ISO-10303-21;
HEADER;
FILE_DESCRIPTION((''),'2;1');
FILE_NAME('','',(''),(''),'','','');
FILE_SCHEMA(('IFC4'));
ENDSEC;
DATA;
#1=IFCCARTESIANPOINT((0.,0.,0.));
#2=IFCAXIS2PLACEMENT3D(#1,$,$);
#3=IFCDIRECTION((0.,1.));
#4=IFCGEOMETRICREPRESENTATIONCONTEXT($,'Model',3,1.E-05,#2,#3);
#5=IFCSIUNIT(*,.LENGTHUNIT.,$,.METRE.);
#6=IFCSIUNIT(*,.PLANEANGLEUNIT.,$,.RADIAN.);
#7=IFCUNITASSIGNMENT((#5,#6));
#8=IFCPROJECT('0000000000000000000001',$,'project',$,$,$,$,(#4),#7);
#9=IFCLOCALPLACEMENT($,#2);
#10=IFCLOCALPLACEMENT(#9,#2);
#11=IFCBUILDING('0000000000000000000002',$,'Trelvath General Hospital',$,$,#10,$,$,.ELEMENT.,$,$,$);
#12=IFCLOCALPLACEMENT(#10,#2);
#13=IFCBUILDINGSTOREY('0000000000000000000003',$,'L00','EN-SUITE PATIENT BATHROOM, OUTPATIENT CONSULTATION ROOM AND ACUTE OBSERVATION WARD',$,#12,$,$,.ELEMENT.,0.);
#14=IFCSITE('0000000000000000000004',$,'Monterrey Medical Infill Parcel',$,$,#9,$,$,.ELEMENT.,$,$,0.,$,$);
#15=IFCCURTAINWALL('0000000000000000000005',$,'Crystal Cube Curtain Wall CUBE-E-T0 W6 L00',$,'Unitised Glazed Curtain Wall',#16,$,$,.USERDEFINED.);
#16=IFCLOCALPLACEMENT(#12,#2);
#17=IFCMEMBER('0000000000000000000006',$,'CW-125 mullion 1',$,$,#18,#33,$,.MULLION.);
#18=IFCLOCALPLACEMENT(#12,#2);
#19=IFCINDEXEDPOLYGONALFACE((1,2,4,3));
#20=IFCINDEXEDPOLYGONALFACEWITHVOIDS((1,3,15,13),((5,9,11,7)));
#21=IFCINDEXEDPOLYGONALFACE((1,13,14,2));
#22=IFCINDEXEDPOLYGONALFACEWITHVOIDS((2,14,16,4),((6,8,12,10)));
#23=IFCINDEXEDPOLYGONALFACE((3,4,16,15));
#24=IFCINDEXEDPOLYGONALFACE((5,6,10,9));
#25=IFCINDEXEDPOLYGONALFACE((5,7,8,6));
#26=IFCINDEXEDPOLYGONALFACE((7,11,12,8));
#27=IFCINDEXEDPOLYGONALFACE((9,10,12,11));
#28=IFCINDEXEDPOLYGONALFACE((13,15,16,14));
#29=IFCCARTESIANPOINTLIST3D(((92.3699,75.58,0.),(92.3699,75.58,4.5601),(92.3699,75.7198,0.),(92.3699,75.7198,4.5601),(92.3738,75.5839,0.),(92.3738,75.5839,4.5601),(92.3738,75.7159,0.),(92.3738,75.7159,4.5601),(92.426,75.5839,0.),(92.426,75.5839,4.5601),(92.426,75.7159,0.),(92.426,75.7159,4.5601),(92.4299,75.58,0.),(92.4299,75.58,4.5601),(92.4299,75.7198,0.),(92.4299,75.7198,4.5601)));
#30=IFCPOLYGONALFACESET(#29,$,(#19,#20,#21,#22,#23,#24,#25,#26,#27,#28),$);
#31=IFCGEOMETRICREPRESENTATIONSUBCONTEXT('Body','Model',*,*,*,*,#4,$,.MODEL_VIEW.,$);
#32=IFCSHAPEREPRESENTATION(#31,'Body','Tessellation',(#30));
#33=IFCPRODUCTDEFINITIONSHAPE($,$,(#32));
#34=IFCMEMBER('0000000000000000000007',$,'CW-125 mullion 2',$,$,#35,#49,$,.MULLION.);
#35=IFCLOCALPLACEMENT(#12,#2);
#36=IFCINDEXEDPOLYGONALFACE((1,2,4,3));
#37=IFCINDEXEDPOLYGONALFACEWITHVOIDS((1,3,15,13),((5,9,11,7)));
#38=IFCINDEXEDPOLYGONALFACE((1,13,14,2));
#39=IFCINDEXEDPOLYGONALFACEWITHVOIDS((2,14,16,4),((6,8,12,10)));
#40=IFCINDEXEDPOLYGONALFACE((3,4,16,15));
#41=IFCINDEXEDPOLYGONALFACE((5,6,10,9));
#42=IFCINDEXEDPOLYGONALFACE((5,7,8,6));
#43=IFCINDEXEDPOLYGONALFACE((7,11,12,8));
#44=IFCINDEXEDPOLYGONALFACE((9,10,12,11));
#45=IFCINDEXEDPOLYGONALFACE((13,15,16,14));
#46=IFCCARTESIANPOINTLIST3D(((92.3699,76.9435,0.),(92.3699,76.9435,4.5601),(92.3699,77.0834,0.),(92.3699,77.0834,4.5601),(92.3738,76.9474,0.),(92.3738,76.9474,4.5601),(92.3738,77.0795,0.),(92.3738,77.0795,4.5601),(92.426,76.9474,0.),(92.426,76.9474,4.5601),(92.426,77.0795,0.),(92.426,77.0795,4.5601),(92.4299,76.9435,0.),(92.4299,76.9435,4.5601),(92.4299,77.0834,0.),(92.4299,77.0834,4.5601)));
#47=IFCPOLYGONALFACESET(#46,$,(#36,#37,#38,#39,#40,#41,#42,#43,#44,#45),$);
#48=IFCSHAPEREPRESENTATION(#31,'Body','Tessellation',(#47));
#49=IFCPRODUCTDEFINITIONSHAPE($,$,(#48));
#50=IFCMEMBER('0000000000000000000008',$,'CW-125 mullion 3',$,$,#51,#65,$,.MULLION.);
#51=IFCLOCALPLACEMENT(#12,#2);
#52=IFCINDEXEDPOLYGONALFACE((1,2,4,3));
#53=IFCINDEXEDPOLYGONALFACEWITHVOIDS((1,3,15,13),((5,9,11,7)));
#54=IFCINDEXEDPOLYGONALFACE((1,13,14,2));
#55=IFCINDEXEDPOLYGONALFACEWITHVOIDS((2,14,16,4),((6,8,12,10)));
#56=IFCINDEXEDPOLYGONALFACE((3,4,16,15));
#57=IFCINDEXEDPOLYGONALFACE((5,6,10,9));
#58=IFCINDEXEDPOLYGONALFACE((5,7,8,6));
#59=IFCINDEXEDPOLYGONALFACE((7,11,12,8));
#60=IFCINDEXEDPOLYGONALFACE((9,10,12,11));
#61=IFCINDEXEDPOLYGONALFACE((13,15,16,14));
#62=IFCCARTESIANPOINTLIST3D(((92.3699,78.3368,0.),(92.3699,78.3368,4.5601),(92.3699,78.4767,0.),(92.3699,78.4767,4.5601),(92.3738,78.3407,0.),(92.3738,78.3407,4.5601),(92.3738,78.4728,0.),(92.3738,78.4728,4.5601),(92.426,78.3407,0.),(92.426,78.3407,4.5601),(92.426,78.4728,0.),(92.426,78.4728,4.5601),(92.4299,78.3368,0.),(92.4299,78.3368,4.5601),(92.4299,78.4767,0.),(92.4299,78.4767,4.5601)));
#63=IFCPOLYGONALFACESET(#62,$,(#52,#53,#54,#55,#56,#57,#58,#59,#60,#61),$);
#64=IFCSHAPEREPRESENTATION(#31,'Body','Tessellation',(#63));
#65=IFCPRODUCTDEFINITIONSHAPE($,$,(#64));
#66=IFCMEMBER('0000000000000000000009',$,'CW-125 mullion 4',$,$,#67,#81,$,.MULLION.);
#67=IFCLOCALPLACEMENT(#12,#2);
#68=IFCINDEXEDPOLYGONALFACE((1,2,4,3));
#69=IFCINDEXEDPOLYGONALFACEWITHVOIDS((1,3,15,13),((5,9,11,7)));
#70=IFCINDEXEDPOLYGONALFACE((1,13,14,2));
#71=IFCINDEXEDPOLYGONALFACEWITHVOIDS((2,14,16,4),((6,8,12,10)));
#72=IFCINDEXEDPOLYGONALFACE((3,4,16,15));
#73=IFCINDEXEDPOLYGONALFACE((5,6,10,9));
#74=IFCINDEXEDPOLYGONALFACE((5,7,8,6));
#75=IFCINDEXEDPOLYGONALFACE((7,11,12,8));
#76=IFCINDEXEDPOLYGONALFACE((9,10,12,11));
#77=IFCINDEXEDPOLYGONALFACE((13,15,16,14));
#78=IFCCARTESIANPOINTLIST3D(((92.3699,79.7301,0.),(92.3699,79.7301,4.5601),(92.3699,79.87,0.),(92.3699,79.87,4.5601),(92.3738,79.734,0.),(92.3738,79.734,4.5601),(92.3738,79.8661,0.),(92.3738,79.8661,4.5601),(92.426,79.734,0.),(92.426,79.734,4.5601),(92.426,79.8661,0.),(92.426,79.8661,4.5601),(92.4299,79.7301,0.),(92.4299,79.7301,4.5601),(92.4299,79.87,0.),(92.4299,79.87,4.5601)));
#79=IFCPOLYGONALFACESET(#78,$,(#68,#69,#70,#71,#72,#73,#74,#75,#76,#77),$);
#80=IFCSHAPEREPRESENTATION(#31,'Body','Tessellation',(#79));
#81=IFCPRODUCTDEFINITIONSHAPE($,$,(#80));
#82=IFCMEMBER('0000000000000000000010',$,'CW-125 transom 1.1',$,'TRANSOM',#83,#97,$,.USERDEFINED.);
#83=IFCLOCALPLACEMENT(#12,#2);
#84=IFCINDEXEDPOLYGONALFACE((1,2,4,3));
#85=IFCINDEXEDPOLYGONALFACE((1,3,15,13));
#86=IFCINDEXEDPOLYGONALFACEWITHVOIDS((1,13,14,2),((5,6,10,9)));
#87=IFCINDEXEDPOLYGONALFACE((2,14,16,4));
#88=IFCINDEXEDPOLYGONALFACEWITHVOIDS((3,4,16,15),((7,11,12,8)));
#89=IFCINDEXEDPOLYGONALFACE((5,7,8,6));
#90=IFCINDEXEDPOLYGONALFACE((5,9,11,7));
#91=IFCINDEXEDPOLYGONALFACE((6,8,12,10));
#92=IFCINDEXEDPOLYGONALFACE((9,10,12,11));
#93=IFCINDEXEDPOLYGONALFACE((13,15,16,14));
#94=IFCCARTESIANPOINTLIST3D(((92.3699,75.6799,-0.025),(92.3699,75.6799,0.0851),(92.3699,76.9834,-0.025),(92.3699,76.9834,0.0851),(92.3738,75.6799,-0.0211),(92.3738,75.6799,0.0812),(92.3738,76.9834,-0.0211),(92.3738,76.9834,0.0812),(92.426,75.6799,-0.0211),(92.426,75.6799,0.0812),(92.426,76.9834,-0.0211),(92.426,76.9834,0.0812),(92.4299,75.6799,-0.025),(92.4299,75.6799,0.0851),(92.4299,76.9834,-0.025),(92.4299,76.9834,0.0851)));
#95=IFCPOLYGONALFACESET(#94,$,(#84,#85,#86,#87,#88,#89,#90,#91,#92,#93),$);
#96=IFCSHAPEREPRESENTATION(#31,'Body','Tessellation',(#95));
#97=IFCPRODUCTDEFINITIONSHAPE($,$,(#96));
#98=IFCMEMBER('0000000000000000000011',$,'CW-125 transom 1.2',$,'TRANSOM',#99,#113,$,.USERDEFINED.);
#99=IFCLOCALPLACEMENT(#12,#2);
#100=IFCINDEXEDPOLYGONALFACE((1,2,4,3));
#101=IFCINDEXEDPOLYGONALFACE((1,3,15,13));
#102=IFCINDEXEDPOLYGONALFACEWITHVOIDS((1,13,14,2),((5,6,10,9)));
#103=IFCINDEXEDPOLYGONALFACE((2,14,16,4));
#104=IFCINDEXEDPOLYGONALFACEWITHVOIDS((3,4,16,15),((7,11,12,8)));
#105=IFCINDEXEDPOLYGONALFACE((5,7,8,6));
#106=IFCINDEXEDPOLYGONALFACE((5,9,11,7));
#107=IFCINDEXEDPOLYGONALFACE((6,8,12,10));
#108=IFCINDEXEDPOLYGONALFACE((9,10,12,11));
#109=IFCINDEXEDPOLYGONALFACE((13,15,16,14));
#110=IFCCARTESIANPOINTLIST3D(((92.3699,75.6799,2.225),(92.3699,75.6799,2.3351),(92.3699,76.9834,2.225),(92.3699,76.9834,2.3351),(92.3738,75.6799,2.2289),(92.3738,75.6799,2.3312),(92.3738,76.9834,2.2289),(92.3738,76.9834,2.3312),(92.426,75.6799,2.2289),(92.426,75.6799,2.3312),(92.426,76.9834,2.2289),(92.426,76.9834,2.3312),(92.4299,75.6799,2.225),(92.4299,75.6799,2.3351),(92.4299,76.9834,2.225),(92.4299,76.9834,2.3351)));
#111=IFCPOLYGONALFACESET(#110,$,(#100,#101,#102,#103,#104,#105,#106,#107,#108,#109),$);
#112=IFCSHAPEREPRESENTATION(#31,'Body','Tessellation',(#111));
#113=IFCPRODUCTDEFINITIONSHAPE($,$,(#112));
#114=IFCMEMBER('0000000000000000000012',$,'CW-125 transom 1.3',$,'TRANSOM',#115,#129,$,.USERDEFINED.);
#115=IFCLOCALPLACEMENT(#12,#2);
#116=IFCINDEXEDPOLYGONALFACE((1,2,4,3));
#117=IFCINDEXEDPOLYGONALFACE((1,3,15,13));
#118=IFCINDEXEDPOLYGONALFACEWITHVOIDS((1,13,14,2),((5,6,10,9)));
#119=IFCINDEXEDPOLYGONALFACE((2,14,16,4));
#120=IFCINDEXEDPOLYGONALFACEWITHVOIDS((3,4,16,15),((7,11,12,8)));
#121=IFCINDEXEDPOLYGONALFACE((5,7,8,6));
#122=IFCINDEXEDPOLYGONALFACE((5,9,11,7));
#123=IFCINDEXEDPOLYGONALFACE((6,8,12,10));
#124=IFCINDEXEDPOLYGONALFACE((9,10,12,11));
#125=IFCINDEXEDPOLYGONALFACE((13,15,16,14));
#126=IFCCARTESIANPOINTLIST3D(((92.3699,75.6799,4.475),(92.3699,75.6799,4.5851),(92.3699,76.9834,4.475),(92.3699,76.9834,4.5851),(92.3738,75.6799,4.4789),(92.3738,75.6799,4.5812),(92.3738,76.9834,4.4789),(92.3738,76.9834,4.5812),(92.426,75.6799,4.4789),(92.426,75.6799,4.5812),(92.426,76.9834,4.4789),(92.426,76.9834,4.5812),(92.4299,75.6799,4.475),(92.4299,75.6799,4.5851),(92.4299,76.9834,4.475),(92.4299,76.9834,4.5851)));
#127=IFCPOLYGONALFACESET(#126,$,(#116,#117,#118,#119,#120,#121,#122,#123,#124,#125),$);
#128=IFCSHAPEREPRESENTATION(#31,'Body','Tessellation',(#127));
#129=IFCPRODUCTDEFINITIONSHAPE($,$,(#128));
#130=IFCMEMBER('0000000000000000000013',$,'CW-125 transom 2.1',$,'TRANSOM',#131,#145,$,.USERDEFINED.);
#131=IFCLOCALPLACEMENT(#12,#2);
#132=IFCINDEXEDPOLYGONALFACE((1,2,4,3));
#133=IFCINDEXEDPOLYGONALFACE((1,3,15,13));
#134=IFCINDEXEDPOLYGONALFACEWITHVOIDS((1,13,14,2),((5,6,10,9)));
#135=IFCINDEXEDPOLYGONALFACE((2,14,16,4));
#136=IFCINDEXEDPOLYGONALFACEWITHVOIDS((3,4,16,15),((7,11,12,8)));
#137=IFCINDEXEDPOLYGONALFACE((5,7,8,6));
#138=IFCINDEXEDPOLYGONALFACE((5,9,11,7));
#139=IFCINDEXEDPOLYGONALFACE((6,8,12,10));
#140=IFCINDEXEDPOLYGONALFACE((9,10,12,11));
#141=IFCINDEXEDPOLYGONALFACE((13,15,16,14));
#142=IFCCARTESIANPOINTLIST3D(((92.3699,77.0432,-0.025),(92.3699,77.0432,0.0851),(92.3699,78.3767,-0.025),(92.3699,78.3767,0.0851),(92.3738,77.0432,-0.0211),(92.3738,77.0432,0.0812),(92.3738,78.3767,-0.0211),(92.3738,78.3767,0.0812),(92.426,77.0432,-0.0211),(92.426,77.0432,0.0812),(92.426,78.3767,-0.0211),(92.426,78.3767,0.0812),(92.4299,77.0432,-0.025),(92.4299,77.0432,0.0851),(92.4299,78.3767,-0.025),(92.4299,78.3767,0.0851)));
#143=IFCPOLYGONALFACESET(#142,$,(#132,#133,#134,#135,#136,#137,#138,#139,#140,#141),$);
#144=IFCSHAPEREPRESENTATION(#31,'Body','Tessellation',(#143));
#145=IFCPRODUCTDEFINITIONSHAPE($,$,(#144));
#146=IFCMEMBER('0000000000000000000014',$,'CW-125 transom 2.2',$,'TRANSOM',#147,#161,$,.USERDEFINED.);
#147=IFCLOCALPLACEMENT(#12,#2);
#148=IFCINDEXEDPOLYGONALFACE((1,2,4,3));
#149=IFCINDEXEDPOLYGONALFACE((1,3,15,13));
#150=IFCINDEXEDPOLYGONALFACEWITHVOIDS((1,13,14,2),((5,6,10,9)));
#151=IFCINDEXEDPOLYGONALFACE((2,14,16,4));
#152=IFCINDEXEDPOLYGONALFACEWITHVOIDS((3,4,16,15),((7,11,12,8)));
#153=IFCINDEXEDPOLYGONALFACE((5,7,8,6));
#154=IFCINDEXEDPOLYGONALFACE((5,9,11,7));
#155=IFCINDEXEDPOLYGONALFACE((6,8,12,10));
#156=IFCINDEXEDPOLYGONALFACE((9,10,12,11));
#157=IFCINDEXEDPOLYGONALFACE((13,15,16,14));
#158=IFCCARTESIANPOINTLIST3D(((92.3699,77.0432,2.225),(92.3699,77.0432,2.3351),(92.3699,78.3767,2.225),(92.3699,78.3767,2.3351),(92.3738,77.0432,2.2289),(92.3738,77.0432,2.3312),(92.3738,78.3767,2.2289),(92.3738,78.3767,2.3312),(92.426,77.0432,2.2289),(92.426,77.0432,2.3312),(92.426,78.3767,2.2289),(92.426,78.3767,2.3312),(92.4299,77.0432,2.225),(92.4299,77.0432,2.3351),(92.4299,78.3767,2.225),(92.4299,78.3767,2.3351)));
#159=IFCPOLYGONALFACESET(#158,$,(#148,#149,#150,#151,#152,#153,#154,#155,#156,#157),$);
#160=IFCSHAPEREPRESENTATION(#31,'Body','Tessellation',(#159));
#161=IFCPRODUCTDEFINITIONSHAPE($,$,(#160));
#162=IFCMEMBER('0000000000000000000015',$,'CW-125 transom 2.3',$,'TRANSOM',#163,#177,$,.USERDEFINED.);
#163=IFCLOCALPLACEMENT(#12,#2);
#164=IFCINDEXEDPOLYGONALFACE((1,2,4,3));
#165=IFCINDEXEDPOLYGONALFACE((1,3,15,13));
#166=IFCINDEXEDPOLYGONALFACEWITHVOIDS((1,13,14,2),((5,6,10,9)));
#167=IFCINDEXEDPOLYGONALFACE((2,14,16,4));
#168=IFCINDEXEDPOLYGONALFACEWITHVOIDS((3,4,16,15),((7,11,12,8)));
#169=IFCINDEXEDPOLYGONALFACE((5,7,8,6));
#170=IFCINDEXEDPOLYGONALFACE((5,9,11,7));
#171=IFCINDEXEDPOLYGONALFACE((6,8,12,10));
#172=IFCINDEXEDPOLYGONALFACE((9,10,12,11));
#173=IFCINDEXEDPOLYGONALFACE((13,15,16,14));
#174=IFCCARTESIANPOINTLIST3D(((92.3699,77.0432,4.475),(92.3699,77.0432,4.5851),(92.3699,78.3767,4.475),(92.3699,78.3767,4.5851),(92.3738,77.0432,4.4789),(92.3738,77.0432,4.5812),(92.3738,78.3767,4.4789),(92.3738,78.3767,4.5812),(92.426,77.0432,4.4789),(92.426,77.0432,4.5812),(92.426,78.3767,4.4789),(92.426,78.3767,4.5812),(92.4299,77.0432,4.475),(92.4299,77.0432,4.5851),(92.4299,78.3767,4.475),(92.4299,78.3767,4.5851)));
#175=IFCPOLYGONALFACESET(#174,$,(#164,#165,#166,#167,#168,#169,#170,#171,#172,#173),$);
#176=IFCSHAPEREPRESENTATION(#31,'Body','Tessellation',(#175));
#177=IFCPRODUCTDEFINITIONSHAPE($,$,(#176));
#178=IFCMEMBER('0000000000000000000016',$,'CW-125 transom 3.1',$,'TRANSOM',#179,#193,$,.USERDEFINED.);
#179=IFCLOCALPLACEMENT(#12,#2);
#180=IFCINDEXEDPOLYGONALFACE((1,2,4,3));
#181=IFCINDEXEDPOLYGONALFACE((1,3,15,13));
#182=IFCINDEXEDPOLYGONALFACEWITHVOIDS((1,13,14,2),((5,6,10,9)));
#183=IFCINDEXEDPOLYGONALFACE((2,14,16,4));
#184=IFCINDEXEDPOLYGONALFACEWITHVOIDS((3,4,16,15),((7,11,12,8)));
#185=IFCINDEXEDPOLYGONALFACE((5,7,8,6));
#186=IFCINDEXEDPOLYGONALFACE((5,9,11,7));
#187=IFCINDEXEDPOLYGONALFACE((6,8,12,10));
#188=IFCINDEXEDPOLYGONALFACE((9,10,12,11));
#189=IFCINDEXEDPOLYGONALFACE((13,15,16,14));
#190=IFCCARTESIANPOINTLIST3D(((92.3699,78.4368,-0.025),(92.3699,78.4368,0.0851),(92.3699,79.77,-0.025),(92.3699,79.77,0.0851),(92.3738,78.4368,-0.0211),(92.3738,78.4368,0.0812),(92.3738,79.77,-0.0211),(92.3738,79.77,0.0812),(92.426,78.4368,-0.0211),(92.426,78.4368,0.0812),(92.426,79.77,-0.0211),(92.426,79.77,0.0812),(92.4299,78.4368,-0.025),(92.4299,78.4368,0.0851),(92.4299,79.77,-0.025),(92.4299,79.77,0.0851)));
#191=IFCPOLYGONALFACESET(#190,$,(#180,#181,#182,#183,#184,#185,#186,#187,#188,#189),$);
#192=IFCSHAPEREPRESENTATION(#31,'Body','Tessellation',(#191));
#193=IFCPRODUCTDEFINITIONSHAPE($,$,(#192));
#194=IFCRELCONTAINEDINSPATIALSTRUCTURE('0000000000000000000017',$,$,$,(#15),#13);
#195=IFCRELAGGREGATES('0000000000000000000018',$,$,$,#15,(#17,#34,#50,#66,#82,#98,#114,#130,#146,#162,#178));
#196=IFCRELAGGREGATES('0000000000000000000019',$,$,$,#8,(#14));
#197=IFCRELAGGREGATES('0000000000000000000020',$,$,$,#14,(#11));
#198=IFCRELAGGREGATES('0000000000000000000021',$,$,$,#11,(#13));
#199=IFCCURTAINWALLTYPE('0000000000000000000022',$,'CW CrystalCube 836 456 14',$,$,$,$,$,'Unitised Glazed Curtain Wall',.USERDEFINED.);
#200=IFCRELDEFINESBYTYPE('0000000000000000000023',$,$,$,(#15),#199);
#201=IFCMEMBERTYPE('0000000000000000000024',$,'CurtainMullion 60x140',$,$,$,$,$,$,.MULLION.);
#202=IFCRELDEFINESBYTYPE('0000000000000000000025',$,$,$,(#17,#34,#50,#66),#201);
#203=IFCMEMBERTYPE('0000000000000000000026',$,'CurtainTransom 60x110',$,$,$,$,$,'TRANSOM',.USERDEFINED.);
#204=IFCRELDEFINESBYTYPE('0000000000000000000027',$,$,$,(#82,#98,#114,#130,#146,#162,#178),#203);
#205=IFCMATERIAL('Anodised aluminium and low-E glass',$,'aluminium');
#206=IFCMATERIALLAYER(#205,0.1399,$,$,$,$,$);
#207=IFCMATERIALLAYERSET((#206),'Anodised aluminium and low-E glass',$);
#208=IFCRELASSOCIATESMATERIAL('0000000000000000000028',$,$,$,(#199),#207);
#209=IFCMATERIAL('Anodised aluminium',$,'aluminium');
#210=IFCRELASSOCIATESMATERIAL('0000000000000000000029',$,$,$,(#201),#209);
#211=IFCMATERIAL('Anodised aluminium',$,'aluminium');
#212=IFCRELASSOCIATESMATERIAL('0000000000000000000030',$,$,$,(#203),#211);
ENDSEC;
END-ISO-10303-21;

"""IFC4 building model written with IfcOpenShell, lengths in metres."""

from ifc_helpers import new_model, si_unit, direction, frame, origin, origin_2d, place, context, subcontext, project, spatial, hollow_rectangle, extrude, material, layer, layer_set, material_profile, profile_set, type_object, element, aggregate, save


model = new_model("IFC4")

# Units and contexts
model_context = context("Model", 3, precision=1e-05, world=origin(), true_north=direction((0.0, 1.0)))
body_context = subcontext(model_context, "Body", "Model", "MODEL_VIEW")
ifc_project = project(units=[si_unit("LENGTHUNIT", "METRE"), si_unit("PLANEANGLEUNIT", "RADIAN")], contexts=[model_context])

# Site, building, storey
site_placement = place(None, origin())
site = spatial("IfcSite", under=ifc_project, at=site_placement, Name="Monterrey Medical Infill Parcel", CompositionType="ELEMENT", RefElevation=0.0)
building_placement = place(site_placement, origin())
building = spatial("IfcBuilding", under=site, at=building_placement, Name="Trelvath General Hospital", CompositionType="ELEMENT")
storey_placement = place(building_placement, origin())
storey = spatial("IfcBuildingStorey", under=building, at=storey_placement, Name="L00", Description="EN-SUITE PATIENT BATHROOM, OUTPATIENT CONSULTATION ROOM AND ACUTE OBSERVATION WARD", CompositionType="ELEMENT", Elevation=0.0)

# Curtain wall, members
ifc_material_1 = material(Name="Anodised aluminium and low-E glass", Category="aluminium")
ifc_layer_1 = layer(ifc_material_1, 0.1399)
ifc_layer_set_1 = layer_set([ifc_layer_1], Name="Anodised aluminium and low-E glass")
curtain_wall_type = type_object("IfcCurtainWallType", Name="CW CrystalCube 836 456 14", ElementType="Unitised Glazed Curtain Wall", PredefinedType="USERDEFINED", material=ifc_layer_set_1)
curtain_wall_placement = place(storey_placement, origin())
curtain_wall = element("IfcCurtainWall", 1, at=curtain_wall_placement, inside=storey, type_object=curtain_wall_type, Name="Crystal Cube Curtain Wall CUBE-E-T0 W6 L00", ObjectType="Unitised Glazed Curtain Wall", PredefinedType="USERDEFINED")
ifc_material_2 = material(Name="Anodised aluminium", Category="aluminium")
ifc_material_profile_1 = material_profile(ifc_material_2, hollow_rectangle(XDim=0.0601, YDim=0.1399, WallThickness=0.0039, at=origin_2d()), Name="RHS60x140x4")
ifc_profile_set_1 = profile_set([ifc_material_profile_1], Name="Anodised aluminium")
member_type_1 = type_object("IfcMemberType", Name="CurtainMullion 60x140", PredefinedType="MULLION", material=ifc_profile_set_1)
member_1_placement = place(storey_placement, frame((92.3999, 75.6499, 0.0), z_axis=(0.0, 0.0, 1.0), x_axis=(-1.0, 0.0, 0.0)))
member_1 = element("IfcMember", 2, at=member_1_placement, type_object=member_type_1, Name="CW-125 mullion 1", PredefinedType="MULLION", context=body_context, shape_type="SweptSolid", body=[
    extrude(hollow_rectangle(XDim=0.0601, YDim=0.1399, WallThickness=0.0039, at=origin_2d()), origin(), (0.0, 0.0, 1.0), 4.5601),
])
member_2_placement = place(storey_placement, frame((92.3999, 77.0134, 0.0), z_axis=(0.0, 0.0, 1.0), x_axis=(-1.0, 0.0, 0.0)))
member_2 = element("IfcMember", 3, at=member_2_placement, type_object=member_type_1, Name="CW-125 mullion 2", PredefinedType="MULLION", context=body_context, shape_type="SweptSolid", body=[
    extrude(hollow_rectangle(XDim=0.0601, YDim=0.1399, WallThickness=0.0039, at=origin_2d()), origin(), (0.0, 0.0, 1.0), 4.5601),
])
member_3_placement = place(storey_placement, frame((92.3999, 78.4067, 0.0), z_axis=(0.0, 0.0, 1.0), x_axis=(-1.0, 0.0, 0.0)))
member_3 = element("IfcMember", 4, at=member_3_placement, type_object=member_type_1, Name="CW-125 mullion 3", PredefinedType="MULLION", context=body_context, shape_type="SweptSolid", body=[
    extrude(hollow_rectangle(XDim=0.0601, YDim=0.1399, WallThickness=0.0039, at=origin_2d()), origin(), (0.0, 0.0, 1.0), 4.5601),
])
member_4_placement = place(storey_placement, frame((92.3999, 79.8, 0.0), z_axis=(0.0, 0.0, 1.0), x_axis=(-1.0, 0.0, 0.0)))
member_4 = element("IfcMember", 5, at=member_4_placement, type_object=member_type_1, Name="CW-125 mullion 4", PredefinedType="MULLION", context=body_context, shape_type="SweptSolid", body=[
    extrude(hollow_rectangle(XDim=0.0601, YDim=0.1399, WallThickness=0.0039, at=origin_2d()), origin(), (0.0, 0.0, 1.0), 4.5601),
])
ifc_material_3 = material(Name="Anodised aluminium", Category="aluminium")
ifc_material_profile_2 = material_profile(ifc_material_3, hollow_rectangle(XDim=0.0601, YDim=0.1101, WallThickness=0.0039, at=origin_2d()), Name="RHS60x110x4")
ifc_profile_set_2 = profile_set([ifc_material_profile_2], Name="Anodised aluminium")
member_type_2 = type_object("IfcMemberType", Name="CurtainTransom 60x110", ElementType="TRANSOM", PredefinedType="USERDEFINED", material=ifc_profile_set_2)
member_5_placement = place(storey_placement, frame((92.3999, 75.6799, 0.03), z_axis=(0.0, 1.0, 0.0), x_axis=(-1.0, 0.0, 0.0)))
member_5 = element("IfcMember", 6, at=member_5_placement, type_object=member_type_2, Name="CW-125 transom 1.1", ObjectType="TRANSOM", PredefinedType="USERDEFINED", context=body_context, shape_type="SweptSolid", body=[
    extrude(hollow_rectangle(XDim=0.0601, YDim=0.1101, WallThickness=0.0039, at=origin_2d()), origin(), (0.0, 0.0, 1.0), 1.3035),
])
member_6_placement = place(storey_placement, frame((92.3999, 75.6799, 2.28), z_axis=(0.0, 1.0, 0.0), x_axis=(-1.0, 0.0, 0.0)))
member_6 = element("IfcMember", 7, at=member_6_placement, type_object=member_type_2, Name="CW-125 transom 1.2", ObjectType="TRANSOM", PredefinedType="USERDEFINED", context=body_context, shape_type="SweptSolid", body=[
    extrude(hollow_rectangle(XDim=0.0601, YDim=0.1101, WallThickness=0.0039, at=origin_2d()), origin(), (0.0, 0.0, 1.0), 1.3035),
])
member_7_placement = place(storey_placement, frame((92.3999, 75.6799, 4.53), z_axis=(0.0, 1.0, 0.0), x_axis=(-1.0, 0.0, 0.0)))
member_7 = element("IfcMember", 8, at=member_7_placement, type_object=member_type_2, Name="CW-125 transom 1.3", ObjectType="TRANSOM", PredefinedType="USERDEFINED", context=body_context, shape_type="SweptSolid", body=[
    extrude(hollow_rectangle(XDim=0.0601, YDim=0.1101, WallThickness=0.0039, at=origin_2d()), origin(), (0.0, 0.0, 1.0), 1.3035),
])
member_8_placement = place(storey_placement, frame((92.3999, 77.0432, 0.03), z_axis=(0.0, 1.0, 0.0), x_axis=(-1.0, 0.0, 0.0)))
member_8 = element("IfcMember", 9, at=member_8_placement, type_object=member_type_2, Name="CW-125 transom 2.1", ObjectType="TRANSOM", PredefinedType="USERDEFINED", context=body_context, shape_type="SweptSolid", body=[
    extrude(hollow_rectangle(XDim=0.0601, YDim=0.1101, WallThickness=0.0039, at=origin_2d()), origin(), (0.0, 0.0, 1.0), 1.3335),
])
member_9_placement = place(storey_placement, frame((92.3999, 77.0432, 2.28), z_axis=(0.0, 1.0, 0.0), x_axis=(-1.0, 0.0, 0.0)))
member_9 = element("IfcMember", 10, at=member_9_placement, type_object=member_type_2, Name="CW-125 transom 2.2", ObjectType="TRANSOM", PredefinedType="USERDEFINED", context=body_context, shape_type="SweptSolid", body=[
    extrude(hollow_rectangle(XDim=0.0601, YDim=0.1101, WallThickness=0.0039, at=origin_2d()), origin(), (0.0, 0.0, 1.0), 1.3335),
])
member_10_placement = place(storey_placement, frame((92.3999, 77.0432, 4.53), z_axis=(0.0, 1.0, 0.0), x_axis=(-1.0, 0.0, 0.0)))
member_10 = element("IfcMember", 11, at=member_10_placement, type_object=member_type_2, Name="CW-125 transom 2.3", ObjectType="TRANSOM", PredefinedType="USERDEFINED", context=body_context, shape_type="SweptSolid", body=[
    extrude(hollow_rectangle(XDim=0.0601, YDim=0.1101, WallThickness=0.0039, at=origin_2d()), origin(), (0.0, 0.0, 1.0), 1.3335),
])
member_11_placement = place(storey_placement, frame((92.3999, 78.4368, 0.03), z_axis=(0.0, 1.0, 0.0), x_axis=(-1.0, 0.0, 0.0)))
member_11 = element("IfcMember", 12, at=member_11_placement, type_object=member_type_2, Name="CW-125 transom 3.1", ObjectType="TRANSOM", PredefinedType="USERDEFINED", context=body_context, shape_type="SweptSolid", body=[
    extrude(hollow_rectangle(XDim=0.0601, YDim=0.1101, WallThickness=0.0039, at=origin_2d()), origin(), (0.0, 0.0, 1.0), 1.3333),
])
aggregate(curtain_wall, [member_1, member_2, member_3, member_4, member_5, member_6, member_7, member_8, member_9, member_10, member_11])

save(model, "model.ifc")
